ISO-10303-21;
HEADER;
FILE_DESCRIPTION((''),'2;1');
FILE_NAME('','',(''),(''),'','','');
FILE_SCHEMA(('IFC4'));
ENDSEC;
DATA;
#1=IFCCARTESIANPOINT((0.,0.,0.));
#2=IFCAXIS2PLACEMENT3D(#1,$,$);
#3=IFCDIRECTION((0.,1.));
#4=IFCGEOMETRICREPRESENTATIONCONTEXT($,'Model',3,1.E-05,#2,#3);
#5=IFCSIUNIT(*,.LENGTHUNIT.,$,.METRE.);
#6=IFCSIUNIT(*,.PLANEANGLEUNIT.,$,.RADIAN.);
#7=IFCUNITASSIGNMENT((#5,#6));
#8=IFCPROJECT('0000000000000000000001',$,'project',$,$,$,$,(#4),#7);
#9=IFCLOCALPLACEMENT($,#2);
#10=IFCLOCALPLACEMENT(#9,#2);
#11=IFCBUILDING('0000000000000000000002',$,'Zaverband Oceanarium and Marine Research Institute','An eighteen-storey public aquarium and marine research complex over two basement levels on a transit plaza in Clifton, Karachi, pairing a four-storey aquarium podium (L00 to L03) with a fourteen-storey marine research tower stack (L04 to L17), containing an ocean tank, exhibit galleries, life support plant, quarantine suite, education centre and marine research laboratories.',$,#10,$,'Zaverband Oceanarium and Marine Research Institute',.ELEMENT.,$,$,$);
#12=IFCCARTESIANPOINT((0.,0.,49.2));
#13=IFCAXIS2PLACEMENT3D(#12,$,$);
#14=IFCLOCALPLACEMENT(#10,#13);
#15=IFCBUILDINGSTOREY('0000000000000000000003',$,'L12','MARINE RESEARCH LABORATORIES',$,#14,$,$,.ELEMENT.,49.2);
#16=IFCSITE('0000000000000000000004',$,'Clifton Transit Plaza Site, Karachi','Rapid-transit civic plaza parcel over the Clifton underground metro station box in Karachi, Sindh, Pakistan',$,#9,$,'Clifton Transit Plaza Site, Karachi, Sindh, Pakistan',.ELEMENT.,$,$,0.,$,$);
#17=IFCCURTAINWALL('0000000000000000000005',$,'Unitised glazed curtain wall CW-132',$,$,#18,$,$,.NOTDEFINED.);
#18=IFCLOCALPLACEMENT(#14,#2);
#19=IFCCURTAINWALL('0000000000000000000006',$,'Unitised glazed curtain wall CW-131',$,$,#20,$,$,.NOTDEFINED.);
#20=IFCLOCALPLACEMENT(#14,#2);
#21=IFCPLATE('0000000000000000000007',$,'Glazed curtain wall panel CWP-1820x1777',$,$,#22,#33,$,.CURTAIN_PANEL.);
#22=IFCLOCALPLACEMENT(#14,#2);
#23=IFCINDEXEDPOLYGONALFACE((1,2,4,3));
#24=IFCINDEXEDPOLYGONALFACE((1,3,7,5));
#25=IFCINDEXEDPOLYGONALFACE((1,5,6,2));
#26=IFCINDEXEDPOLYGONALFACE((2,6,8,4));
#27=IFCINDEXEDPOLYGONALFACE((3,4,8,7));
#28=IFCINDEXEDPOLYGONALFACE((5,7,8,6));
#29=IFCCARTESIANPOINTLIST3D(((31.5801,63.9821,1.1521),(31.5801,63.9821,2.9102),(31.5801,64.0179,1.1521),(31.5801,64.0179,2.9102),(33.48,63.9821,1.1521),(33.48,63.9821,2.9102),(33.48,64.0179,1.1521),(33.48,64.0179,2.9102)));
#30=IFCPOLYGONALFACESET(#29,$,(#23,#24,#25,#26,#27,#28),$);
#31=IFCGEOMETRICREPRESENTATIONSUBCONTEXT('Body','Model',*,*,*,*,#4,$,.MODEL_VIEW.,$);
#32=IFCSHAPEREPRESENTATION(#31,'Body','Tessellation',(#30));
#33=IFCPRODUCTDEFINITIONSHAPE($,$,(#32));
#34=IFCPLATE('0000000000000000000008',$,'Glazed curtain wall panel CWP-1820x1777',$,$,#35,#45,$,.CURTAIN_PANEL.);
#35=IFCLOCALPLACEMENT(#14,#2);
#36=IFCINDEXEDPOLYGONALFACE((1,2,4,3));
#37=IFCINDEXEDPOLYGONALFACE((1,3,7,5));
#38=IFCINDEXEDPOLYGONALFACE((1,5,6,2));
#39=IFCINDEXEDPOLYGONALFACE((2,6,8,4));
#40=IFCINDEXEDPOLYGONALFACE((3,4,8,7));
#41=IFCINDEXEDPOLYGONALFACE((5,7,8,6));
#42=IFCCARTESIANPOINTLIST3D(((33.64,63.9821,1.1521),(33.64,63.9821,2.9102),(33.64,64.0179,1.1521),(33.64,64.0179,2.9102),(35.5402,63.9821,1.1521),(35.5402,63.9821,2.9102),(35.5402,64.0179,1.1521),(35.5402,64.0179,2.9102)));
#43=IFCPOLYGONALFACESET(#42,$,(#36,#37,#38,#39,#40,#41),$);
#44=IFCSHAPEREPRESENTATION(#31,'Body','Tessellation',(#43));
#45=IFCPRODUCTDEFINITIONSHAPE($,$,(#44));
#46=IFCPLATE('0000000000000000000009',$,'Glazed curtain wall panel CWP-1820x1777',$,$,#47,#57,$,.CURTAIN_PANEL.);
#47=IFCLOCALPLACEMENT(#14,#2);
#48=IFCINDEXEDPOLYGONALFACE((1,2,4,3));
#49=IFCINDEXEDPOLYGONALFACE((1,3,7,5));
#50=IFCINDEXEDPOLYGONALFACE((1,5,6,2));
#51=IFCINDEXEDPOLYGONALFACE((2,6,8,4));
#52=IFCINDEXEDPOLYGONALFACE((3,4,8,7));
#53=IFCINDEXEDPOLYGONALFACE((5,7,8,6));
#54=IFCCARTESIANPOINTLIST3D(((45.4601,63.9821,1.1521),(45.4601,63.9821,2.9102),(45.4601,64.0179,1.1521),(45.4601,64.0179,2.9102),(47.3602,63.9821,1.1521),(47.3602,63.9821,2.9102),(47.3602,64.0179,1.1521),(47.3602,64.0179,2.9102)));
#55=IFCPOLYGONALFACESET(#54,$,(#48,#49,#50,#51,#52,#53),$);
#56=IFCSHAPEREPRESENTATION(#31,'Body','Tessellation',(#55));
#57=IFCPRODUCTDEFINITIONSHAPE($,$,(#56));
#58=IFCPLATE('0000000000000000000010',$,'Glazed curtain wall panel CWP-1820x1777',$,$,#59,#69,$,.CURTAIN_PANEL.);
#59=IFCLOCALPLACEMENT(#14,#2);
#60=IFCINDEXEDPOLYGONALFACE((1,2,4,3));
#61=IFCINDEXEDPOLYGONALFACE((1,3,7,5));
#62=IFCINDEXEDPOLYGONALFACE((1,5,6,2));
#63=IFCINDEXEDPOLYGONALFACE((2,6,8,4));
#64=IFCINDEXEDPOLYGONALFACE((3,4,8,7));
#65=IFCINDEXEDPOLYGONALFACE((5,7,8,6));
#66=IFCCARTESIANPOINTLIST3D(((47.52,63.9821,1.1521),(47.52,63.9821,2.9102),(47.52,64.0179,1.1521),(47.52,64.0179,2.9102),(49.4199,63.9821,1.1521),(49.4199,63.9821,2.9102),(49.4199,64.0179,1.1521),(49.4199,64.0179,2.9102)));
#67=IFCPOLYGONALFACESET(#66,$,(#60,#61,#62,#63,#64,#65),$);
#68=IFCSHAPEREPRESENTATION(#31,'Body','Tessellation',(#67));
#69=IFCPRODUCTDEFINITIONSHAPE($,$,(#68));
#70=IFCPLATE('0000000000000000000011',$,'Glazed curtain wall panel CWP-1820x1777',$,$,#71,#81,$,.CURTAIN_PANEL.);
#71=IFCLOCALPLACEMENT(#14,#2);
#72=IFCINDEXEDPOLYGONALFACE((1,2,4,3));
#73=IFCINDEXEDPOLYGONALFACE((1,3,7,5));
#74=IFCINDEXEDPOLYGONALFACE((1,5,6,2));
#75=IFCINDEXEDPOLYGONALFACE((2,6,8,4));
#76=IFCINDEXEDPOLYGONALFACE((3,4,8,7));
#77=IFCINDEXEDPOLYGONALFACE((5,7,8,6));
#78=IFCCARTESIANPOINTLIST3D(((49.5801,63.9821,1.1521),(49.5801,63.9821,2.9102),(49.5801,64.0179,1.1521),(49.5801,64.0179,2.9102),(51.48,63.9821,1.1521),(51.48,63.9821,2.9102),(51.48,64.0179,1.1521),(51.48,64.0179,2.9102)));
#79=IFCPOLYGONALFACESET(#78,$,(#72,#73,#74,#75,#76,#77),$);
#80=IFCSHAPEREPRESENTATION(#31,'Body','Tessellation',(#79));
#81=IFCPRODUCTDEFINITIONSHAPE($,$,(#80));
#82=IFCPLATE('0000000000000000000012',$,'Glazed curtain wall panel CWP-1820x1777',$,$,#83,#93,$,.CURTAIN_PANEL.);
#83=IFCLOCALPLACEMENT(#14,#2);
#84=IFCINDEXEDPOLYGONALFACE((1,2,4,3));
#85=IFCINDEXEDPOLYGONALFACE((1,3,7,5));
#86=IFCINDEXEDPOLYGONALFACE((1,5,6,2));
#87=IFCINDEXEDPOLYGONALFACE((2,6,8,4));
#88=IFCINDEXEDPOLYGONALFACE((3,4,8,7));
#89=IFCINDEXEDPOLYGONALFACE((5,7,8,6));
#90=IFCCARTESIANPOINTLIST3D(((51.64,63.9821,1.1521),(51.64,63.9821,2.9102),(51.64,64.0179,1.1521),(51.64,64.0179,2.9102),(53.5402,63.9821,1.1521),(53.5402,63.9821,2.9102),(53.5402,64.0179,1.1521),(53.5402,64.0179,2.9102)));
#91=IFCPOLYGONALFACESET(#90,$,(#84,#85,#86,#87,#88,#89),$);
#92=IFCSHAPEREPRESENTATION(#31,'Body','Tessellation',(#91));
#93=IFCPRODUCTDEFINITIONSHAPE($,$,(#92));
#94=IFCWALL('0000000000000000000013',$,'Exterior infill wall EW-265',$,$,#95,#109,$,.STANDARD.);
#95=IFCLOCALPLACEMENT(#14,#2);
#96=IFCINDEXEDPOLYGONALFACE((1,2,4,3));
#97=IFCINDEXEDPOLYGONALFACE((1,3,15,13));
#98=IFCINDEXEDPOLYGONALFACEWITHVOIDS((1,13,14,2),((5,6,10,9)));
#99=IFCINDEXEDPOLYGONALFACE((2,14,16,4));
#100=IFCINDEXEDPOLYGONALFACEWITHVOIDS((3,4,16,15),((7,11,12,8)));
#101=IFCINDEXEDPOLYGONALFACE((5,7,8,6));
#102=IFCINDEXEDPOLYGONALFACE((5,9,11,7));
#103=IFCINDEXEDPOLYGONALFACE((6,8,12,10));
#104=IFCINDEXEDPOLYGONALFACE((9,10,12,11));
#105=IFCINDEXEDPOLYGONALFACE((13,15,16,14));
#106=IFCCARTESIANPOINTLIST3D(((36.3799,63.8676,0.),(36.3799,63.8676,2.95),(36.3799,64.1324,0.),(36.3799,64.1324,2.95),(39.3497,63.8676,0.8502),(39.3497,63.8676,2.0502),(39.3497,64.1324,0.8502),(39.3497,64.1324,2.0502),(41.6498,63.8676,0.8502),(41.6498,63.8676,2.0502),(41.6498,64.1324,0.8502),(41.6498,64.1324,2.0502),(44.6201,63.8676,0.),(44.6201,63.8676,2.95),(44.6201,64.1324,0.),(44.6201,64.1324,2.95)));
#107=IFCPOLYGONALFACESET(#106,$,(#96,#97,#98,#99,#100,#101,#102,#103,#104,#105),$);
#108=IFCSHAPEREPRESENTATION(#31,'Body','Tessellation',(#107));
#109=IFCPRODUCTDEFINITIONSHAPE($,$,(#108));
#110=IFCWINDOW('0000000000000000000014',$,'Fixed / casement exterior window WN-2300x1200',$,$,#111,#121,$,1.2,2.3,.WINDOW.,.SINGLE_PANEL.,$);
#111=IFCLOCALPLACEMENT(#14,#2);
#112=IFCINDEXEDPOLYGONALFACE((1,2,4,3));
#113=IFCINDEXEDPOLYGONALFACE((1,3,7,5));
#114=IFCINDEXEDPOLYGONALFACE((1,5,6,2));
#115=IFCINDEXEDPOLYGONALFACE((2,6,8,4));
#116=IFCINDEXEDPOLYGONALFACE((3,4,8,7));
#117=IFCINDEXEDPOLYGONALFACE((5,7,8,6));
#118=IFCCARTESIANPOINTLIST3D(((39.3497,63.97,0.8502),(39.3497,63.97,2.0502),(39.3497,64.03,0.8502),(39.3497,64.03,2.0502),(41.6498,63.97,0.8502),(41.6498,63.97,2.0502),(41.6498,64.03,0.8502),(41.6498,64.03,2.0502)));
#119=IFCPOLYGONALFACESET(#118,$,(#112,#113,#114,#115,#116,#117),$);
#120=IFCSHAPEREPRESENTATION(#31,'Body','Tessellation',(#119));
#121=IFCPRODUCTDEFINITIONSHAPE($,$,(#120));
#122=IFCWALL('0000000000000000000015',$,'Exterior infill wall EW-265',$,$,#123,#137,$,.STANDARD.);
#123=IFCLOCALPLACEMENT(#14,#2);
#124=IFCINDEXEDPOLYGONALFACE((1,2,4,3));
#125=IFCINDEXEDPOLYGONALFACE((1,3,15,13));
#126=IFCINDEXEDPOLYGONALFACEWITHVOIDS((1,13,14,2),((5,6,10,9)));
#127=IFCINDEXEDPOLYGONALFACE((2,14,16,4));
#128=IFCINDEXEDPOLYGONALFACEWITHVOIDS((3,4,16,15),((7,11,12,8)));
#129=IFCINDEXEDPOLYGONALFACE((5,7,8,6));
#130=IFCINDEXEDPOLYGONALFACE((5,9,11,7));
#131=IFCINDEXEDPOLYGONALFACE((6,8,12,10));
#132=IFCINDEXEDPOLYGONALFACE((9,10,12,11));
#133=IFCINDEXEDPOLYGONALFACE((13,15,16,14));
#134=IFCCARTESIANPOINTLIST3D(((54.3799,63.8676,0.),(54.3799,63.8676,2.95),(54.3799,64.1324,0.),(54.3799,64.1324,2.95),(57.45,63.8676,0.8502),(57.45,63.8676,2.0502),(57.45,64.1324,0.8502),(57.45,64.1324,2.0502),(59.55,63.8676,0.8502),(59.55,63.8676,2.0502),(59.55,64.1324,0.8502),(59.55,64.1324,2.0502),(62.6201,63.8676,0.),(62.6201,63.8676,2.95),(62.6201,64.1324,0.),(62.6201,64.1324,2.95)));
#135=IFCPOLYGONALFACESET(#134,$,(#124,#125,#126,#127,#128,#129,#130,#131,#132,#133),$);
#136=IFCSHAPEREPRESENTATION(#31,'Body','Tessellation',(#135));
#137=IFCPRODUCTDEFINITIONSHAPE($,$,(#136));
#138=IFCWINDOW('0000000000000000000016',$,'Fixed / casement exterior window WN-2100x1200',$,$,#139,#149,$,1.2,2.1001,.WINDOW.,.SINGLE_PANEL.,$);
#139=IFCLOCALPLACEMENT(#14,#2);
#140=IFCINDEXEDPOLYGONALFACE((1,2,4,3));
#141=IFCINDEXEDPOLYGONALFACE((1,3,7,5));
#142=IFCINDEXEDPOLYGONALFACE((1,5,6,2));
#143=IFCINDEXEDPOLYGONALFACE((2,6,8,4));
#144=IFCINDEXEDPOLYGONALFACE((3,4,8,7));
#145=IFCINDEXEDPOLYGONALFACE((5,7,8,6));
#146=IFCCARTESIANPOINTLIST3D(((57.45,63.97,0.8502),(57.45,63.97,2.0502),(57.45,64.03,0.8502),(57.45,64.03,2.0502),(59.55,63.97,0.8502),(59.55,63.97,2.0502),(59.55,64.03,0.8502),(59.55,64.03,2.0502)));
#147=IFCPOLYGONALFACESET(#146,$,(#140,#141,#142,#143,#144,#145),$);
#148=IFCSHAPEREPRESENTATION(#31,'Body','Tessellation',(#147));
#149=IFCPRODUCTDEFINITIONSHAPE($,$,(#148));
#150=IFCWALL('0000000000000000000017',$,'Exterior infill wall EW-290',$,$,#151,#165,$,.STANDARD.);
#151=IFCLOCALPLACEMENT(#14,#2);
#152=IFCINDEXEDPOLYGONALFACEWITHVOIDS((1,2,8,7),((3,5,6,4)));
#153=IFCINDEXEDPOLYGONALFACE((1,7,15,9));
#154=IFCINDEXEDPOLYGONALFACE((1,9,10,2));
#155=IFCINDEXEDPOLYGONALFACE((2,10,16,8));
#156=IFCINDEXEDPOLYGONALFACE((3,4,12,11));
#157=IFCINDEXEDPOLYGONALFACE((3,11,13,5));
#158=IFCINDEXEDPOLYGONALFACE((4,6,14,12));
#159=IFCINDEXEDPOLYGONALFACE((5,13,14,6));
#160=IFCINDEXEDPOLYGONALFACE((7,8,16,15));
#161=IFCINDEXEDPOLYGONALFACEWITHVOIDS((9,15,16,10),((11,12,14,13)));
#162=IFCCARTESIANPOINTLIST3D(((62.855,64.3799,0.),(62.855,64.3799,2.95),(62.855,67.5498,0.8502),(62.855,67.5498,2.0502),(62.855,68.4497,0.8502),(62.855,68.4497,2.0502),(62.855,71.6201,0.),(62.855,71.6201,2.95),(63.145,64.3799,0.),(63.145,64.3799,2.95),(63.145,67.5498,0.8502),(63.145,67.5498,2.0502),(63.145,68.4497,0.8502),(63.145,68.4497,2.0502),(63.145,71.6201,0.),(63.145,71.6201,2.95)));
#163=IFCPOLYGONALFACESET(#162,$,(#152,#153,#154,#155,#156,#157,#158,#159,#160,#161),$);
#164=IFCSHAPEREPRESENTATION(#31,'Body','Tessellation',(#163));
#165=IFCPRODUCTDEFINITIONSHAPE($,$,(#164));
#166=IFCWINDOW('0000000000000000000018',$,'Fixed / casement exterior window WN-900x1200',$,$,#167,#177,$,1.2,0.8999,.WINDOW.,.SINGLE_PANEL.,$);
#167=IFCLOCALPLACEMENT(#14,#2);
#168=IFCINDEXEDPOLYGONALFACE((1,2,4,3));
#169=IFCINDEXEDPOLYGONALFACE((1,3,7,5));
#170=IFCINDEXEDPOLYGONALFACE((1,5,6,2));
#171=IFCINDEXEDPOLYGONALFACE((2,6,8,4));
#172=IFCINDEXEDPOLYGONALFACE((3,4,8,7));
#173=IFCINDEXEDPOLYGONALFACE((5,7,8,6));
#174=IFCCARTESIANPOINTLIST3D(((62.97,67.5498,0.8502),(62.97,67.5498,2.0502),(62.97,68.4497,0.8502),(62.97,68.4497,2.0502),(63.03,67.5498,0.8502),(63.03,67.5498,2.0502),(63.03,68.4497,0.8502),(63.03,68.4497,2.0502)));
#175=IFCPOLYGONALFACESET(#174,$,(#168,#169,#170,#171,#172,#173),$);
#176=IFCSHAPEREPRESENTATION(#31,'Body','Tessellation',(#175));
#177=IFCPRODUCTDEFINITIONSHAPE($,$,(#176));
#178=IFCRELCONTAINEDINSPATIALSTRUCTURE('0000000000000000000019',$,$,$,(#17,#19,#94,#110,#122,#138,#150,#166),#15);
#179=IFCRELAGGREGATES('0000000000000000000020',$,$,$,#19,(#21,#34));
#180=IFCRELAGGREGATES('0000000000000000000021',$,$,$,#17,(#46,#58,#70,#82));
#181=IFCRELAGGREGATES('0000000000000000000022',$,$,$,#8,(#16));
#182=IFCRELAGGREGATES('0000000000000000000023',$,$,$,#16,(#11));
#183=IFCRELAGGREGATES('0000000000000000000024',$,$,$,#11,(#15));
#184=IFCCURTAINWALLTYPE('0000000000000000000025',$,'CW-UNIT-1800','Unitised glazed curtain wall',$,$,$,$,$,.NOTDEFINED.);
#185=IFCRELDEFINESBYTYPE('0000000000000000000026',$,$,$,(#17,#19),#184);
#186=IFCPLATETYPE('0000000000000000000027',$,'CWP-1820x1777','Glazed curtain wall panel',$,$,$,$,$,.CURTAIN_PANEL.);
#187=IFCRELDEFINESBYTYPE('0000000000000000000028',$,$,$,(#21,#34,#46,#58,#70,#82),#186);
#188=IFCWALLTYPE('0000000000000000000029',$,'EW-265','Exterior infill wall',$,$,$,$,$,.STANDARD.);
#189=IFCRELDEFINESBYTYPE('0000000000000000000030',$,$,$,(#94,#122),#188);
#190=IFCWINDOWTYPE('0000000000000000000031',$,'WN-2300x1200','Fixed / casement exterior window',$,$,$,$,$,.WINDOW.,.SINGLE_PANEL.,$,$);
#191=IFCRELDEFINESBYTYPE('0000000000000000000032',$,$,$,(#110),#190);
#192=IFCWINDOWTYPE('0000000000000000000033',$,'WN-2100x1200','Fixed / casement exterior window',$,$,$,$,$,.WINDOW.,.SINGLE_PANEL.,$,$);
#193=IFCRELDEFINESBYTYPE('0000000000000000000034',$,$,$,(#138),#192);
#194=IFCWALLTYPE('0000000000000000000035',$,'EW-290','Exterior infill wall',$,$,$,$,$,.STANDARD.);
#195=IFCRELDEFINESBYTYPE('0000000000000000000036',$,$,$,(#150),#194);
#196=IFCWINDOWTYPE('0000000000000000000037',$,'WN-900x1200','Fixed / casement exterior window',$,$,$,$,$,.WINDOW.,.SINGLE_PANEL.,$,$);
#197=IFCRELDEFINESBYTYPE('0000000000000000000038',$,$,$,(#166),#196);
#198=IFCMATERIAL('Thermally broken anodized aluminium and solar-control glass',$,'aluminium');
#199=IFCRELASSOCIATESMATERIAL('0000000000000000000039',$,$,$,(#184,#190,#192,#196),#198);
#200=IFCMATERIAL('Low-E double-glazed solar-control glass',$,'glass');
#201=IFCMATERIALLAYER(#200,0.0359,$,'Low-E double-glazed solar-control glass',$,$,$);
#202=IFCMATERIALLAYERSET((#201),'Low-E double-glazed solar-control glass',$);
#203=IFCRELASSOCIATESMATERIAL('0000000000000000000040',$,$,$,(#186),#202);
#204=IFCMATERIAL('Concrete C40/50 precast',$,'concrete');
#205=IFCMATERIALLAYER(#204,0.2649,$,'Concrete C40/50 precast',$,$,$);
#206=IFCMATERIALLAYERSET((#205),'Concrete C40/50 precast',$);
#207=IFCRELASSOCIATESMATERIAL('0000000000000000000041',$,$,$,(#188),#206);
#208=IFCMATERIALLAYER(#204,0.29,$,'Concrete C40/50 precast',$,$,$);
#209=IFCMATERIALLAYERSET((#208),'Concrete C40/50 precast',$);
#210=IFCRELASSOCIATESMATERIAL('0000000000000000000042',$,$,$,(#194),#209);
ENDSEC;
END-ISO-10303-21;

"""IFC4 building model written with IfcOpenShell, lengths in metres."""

from ifc_helpers import new_model, si_unit, direction, frame, frame_2d, origin, place, context, subcontext, project, spatial, rectangle, extrude, material, layer, layer_set, type_object, element, fill, aggregate, save


model = new_model("IFC4")

# Units and contexts
model_context = context("Model", 3, precision=1e-05, world=origin(), true_north=direction((0.0, 1.0)))
body_context = subcontext(model_context, "Body", "Model", "MODEL_VIEW")
ifc_project = project(units=[si_unit("LENGTHUNIT", "METRE"), si_unit("PLANEANGLEUNIT", "RADIAN")], contexts=[model_context])

# Site, building, storey
site_placement = place(None, origin())
site = spatial("IfcSite", under=ifc_project, at=site_placement, Name="Clifton Transit Plaza Site, Karachi", Description="Rapid-transit civic plaza parcel over the Clifton underground metro station box in Karachi, Sindh, Pakistan", LongName="Clifton Transit Plaza Site, Karachi, Sindh, Pakistan", CompositionType="ELEMENT", RefElevation=0.0)
building_placement = place(site_placement, origin())
building = spatial("IfcBuilding", under=site, at=building_placement, Name="Zaverband Oceanarium and Marine Research Institute", Description="An eighteen-storey public aquarium and marine research complex over two basement levels on a transit plaza in Clifton, Karachi, pairing a four-storey aquarium podium (L00 to L03) with a fourteen-storey marine research tower stack (L04 to L17), containing an ocean tank, exhibit galleries, life support plant, quarantine suite, education centre and marine research laboratories.", LongName="Zaverband Oceanarium and Marine Research Institute", CompositionType="ELEMENT")
storey_placement = place(building_placement, frame((0.0, 0.0, 49.2)))
storey = spatial("IfcBuildingStorey", under=building, at=storey_placement, Name="L12", Description="MARINE RESEARCH LABORATORIES", CompositionType="ELEMENT", Elevation=49.2)

# Curtain wall
ifc_material_1 = material(Name="Thermally broken anodized aluminium and solar-control glass", Category="aluminium")
curtain_wall_type = type_object("IfcCurtainWallType", Name="CW-UNIT-1800", Description="Unitised glazed curtain wall", PredefinedType="NOTDEFINED", material=ifc_material_1)
curtain_wall_1_placement = place(storey_placement, origin())
curtain_wall_1 = element("IfcCurtainWall", 1, at=curtain_wall_1_placement, inside=storey, type_object=curtain_wall_type, Name="Unitised glazed curtain wall CW-132", PredefinedType="NOTDEFINED")

# Curtain wall
curtain_wall_2_placement = place(storey_placement, origin())
curtain_wall_2 = element("IfcCurtainWall", 2, at=curtain_wall_2_placement, inside=storey, type_object=curtain_wall_type, Name="Unitised glazed curtain wall CW-131", PredefinedType="NOTDEFINED")
ifc_material_2 = material(Name="Low-E double-glazed solar-control glass", Category="glass")

# Plates
ifc_layer_1 = layer(ifc_material_2, 0.0359, Name="Low-E double-glazed solar-control glass")
ifc_layer_set_1 = layer_set([ifc_layer_1], Name="Low-E double-glazed solar-control glass")
plate_type_1 = type_object("IfcPlateType", Name="CWP-1820x1777", Description="Glazed curtain wall panel", PredefinedType="CURTAIN_PANEL", material=ifc_layer_set_1)
plate_1_placement = place(storey_placement, frame((31.5801, 64.0, 1.1521), z_axis=(0.0, 0.0, 1.0), x_axis=(1.0, 0.0, 0.0)))
plate_1 = element("IfcPlate", 3, at=plate_1_placement, type_object=plate_type_1, Name="Glazed curtain wall panel CWP-1820x1777", PredefinedType="CURTAIN_PANEL", context=body_context, shape_type="SweptSolid", body=[
    extrude(rectangle(XDim=1.8999, YDim=0.0359, at=frame_2d((0.95, 0.0))), origin(), (0.0, 0.0, 1.0), 1.7581),
])
plate_2_placement = place(storey_placement, frame((33.6399, 64.0, 1.1521), z_axis=(0.0, 0.0, 1.0), x_axis=(1.0, 0.0, 0.0)))
plate_2 = element("IfcPlate", 4, at=plate_2_placement, type_object=plate_type_1, Name="Glazed curtain wall panel CWP-1820x1777", PredefinedType="CURTAIN_PANEL", context=body_context, shape_type="SweptSolid", body=[
    extrude(rectangle(XDim=1.9001, YDim=0.0359, at=frame_2d((0.9502, 0.0))), origin(), (0.0, 0.0, 1.0), 1.7581),
])
aggregate(curtain_wall_2, [plate_1, plate_2])
plate_3_placement = place(storey_placement, frame((45.46, 64.0, 1.1521), z_axis=(0.0, 0.0, 1.0), x_axis=(1.0, 0.0, 0.0)))
plate_3 = element("IfcPlate", 5, at=plate_3_placement, type_object=plate_type_1, Name="Glazed curtain wall panel CWP-1820x1777", PredefinedType="CURTAIN_PANEL", context=body_context, shape_type="SweptSolid", body=[
    extrude(rectangle(XDim=1.9001, YDim=0.0359, at=frame_2d((0.9502, 0.0))), origin(), (0.0, 0.0, 1.0), 1.7581),
])
plate_4_placement = place(storey_placement, frame((47.52, 64.0, 1.1521), z_axis=(0.0, 0.0, 1.0), x_axis=(1.0, 0.0, 0.0)))
plate_4 = element("IfcPlate", 6, at=plate_4_placement, type_object=plate_type_1, Name="Glazed curtain wall panel CWP-1820x1777", PredefinedType="CURTAIN_PANEL", context=body_context, shape_type="SweptSolid", body=[
    extrude(rectangle(XDim=1.8999, YDim=0.0359, at=frame_2d((0.95, 0.0))), origin(), (0.0, 0.0, 1.0), 1.7581),
])
plate_5_placement = place(storey_placement, frame((49.5801, 64.0, 1.1521), z_axis=(0.0, 0.0, 1.0), x_axis=(1.0, 0.0, 0.0)))
plate_5 = element("IfcPlate", 7, at=plate_5_placement, type_object=plate_type_1, Name="Glazed curtain wall panel CWP-1820x1777", PredefinedType="CURTAIN_PANEL", context=body_context, shape_type="SweptSolid", body=[
    extrude(rectangle(XDim=1.8999, YDim=0.0359, at=frame_2d((0.95, 0.0))), origin(), (0.0, 0.0, 1.0), 1.7581),
])
plate_6_placement = place(storey_placement, frame((51.6399, 64.0, 1.1521), z_axis=(0.0, 0.0, 1.0), x_axis=(1.0, 0.0, 0.0)))
plate_6 = element("IfcPlate", 8, at=plate_6_placement, type_object=plate_type_1, Name="Glazed curtain wall panel CWP-1820x1777", PredefinedType="CURTAIN_PANEL", context=body_context, shape_type="SweptSolid", body=[
    extrude(rectangle(XDim=1.9001, YDim=0.0359, at=frame_2d((0.9502, 0.0))), origin(), (0.0, 0.0, 1.0), 1.7581),
])
aggregate(curtain_wall_1, [plate_3, plate_4, plate_5, plate_6])

# Walls, openings, windows
ifc_material_3 = material(Name="Concrete C40/50 precast", Category="concrete")
ifc_layer_2 = layer(ifc_material_3, 0.2649, Name="Concrete C40/50 precast")
ifc_layer_set_2 = layer_set([ifc_layer_2], Name="Concrete C40/50 precast")
wall_type_1 = type_object("IfcWallType", Name="EW-265", Description="Exterior infill wall", PredefinedType="STANDARD", material=ifc_layer_set_2)
wall_1_placement = place(storey_placement, frame((36.3799, 64.0, 0.0), z_axis=(0.0, 0.0, 1.0), x_axis=(1.0, 0.0, 0.0)))
wall_1 = element("IfcWall", 9, at=wall_1_placement, inside=storey, type_object=wall_type_1, Name="Exterior infill wall EW-265", PredefinedType="STANDARD", context=body_context, shape_type="SweptSolid", body=[
    extrude(rectangle(XDim=8.2402, YDim=0.2649, at=frame_2d((4.1201, 0.0))), origin(), (0.0, 0.0, 1.0), 2.95),
])
opening_1_placement = place(wall_1_placement, frame((2.97, 0.0, 0.8501)))
opening_1 = element("IfcOpeningElement", 10, at=opening_1_placement, cuts=wall_1, PredefinedType="OPENING", context=body_context, shape_type="SweptSolid", body=[
    extrude(rectangle(XDim=2.3, YDim=1.2, at=frame_2d((1.1499, 0.6001))), frame((0.0, 0.1445, 0.0), z_axis=(0.0, -1.0, 0.0), x_axis=(1.0, 0.0, 0.0)), (0.0, 0.0, 1.0), 0.2888),
])
window_type_1 = type_object("IfcWindowType", Name="WN-2300x1200", Description="Fixed / casement exterior window", PartitioningType="SINGLE_PANEL", PredefinedType="WINDOW", material=ifc_material_1)
window_1_placement = place(opening_1_placement, origin())
window_1 = element("IfcWindow", 11, at=window_1_placement, inside=storey, type_object=window_type_1, Name="Fixed / casement exterior window WN-2300x1200", OverallHeight=1.2, OverallWidth=2.3, PartitioningType="SINGLE_PANEL", PredefinedType="WINDOW", context=body_context, shape_type="SweptSolid", body=[
    extrude(rectangle(XDim=2.3, YDim=1.2, at=frame_2d((1.1499, 0.6001))), frame((0.0, 0.03, 0.0), z_axis=(0.0, -1.0, 0.0), x_axis=(1.0, 0.0, 0.0)), (0.0, 0.0, 1.0), 0.0601),
])
fill(opening_1, window_1)
wall_2_placement = place(storey_placement, frame((54.3799, 64.0, 0.0), z_axis=(0.0, 0.0, 1.0), x_axis=(1.0, 0.0, 0.0)))
wall_2 = element("IfcWall", 12, at=wall_2_placement, inside=storey, type_object=wall_type_1, Name="Exterior infill wall EW-265", PredefinedType="STANDARD", context=body_context, shape_type="SweptSolid", body=[
    extrude(rectangle(XDim=8.2402, YDim=0.2649, at=frame_2d((4.1201, 0.0))), origin(), (0.0, 0.0, 1.0), 2.95),
])
opening_2_placement = place(wall_2_placement, frame((3.0701, 0.0, 0.8501)))
opening_2 = element("IfcOpeningElement", 13, at=opening_2_placement, cuts=wall_2, PredefinedType="OPENING", context=body_context, shape_type="SweptSolid", body=[
    extrude(rectangle(XDim=2.1001, YDim=1.2, at=frame_2d((1.05, 0.6001))), frame((0.0, 0.1445, 0.0), z_axis=(0.0, -1.0, 0.0), x_axis=(1.0, 0.0, 0.0)), (0.0, 0.0, 1.0), 0.2888),
])
window_type_2 = type_object("IfcWindowType", Name="WN-2100x1200", Description="Fixed / casement exterior window", PartitioningType="SINGLE_PANEL", PredefinedType="WINDOW", material=ifc_material_1)
window_2_placement = place(opening_2_placement, origin())
window_2 = element("IfcWindow", 14, at=window_2_placement, inside=storey, type_object=window_type_2, Name="Fixed / casement exterior window WN-2100x1200", OverallHeight=1.2, OverallWidth=2.1001, PartitioningType="SINGLE_PANEL", PredefinedType="WINDOW", context=body_context, shape_type="SweptSolid", body=[
    extrude(rectangle(XDim=2.1001, YDim=1.2, at=frame_2d((1.05, 0.6001))), frame((0.0, 0.03, 0.0), z_axis=(0.0, -1.0, 0.0), x_axis=(1.0, 0.0, 0.0)), (0.0, 0.0, 1.0), 0.0601),
])
fill(opening_2, window_2)
ifc_layer_3 = layer(ifc_material_3, 0.29, Name="Concrete C40/50 precast")
ifc_layer_set_3 = layer_set([ifc_layer_3], Name="Concrete C40/50 precast")
wall_type_2 = type_object("IfcWallType", Name="EW-290", Description="Exterior infill wall", PredefinedType="STANDARD", material=ifc_layer_set_3)
wall_3_placement = place(storey_placement, frame((63.0, 64.3799, 0.0), z_axis=(0.0, 0.0, 1.0), x_axis=(0.0, 1.0, 0.0)))
wall_3 = element("IfcWall", 15, at=wall_3_placement, inside=storey, type_object=wall_type_2, Name="Exterior infill wall EW-290", PredefinedType="STANDARD", context=body_context, shape_type="SweptSolid", body=[
    extrude(rectangle(XDim=7.2402, YDim=0.29, at=frame_2d((3.6201, 0.0))), origin(), (0.0, 0.0, 1.0), 2.95),
])
opening_3_placement = place(wall_3_placement, frame((3.1699, 0.0, 0.8501)))
opening_3 = element("IfcOpeningElement", 16, at=opening_3_placement, cuts=wall_3, PredefinedType="OPENING", context=body_context, shape_type="SweptSolid", body=[
    extrude(rectangle(XDim=0.8999, YDim=1.2, at=frame_2d((0.45, 0.6001))), frame((0.0, 0.157, 0.0), z_axis=(0.0, -1.0, 0.0), x_axis=(1.0, 0.0, 0.0)), (0.0, 0.0, 1.0), 0.314),
])
window_type_3 = type_object("IfcWindowType", Name="WN-900x1200", Description="Fixed / casement exterior window", PartitioningType="SINGLE_PANEL", PredefinedType="WINDOW", material=ifc_material_1)
window_3_placement = place(opening_3_placement, origin())
window_3 = element("IfcWindow", 17, at=window_3_placement, inside=storey, type_object=window_type_3, Name="Fixed / casement exterior window WN-900x1200", OverallHeight=1.2, OverallWidth=0.8999, PartitioningType="SINGLE_PANEL", PredefinedType="WINDOW", context=body_context, shape_type="SweptSolid", body=[
    extrude(rectangle(XDim=0.8999, YDim=1.2, at=frame_2d((0.45, 0.6001))), frame((0.0, 0.03, 0.0), z_axis=(0.0, -1.0, 0.0), x_axis=(1.0, 0.0, 0.0)), (0.0, 0.0, 1.0), 0.0601),
])
fill(opening_3, window_3)

save(model, "model.ifc")
